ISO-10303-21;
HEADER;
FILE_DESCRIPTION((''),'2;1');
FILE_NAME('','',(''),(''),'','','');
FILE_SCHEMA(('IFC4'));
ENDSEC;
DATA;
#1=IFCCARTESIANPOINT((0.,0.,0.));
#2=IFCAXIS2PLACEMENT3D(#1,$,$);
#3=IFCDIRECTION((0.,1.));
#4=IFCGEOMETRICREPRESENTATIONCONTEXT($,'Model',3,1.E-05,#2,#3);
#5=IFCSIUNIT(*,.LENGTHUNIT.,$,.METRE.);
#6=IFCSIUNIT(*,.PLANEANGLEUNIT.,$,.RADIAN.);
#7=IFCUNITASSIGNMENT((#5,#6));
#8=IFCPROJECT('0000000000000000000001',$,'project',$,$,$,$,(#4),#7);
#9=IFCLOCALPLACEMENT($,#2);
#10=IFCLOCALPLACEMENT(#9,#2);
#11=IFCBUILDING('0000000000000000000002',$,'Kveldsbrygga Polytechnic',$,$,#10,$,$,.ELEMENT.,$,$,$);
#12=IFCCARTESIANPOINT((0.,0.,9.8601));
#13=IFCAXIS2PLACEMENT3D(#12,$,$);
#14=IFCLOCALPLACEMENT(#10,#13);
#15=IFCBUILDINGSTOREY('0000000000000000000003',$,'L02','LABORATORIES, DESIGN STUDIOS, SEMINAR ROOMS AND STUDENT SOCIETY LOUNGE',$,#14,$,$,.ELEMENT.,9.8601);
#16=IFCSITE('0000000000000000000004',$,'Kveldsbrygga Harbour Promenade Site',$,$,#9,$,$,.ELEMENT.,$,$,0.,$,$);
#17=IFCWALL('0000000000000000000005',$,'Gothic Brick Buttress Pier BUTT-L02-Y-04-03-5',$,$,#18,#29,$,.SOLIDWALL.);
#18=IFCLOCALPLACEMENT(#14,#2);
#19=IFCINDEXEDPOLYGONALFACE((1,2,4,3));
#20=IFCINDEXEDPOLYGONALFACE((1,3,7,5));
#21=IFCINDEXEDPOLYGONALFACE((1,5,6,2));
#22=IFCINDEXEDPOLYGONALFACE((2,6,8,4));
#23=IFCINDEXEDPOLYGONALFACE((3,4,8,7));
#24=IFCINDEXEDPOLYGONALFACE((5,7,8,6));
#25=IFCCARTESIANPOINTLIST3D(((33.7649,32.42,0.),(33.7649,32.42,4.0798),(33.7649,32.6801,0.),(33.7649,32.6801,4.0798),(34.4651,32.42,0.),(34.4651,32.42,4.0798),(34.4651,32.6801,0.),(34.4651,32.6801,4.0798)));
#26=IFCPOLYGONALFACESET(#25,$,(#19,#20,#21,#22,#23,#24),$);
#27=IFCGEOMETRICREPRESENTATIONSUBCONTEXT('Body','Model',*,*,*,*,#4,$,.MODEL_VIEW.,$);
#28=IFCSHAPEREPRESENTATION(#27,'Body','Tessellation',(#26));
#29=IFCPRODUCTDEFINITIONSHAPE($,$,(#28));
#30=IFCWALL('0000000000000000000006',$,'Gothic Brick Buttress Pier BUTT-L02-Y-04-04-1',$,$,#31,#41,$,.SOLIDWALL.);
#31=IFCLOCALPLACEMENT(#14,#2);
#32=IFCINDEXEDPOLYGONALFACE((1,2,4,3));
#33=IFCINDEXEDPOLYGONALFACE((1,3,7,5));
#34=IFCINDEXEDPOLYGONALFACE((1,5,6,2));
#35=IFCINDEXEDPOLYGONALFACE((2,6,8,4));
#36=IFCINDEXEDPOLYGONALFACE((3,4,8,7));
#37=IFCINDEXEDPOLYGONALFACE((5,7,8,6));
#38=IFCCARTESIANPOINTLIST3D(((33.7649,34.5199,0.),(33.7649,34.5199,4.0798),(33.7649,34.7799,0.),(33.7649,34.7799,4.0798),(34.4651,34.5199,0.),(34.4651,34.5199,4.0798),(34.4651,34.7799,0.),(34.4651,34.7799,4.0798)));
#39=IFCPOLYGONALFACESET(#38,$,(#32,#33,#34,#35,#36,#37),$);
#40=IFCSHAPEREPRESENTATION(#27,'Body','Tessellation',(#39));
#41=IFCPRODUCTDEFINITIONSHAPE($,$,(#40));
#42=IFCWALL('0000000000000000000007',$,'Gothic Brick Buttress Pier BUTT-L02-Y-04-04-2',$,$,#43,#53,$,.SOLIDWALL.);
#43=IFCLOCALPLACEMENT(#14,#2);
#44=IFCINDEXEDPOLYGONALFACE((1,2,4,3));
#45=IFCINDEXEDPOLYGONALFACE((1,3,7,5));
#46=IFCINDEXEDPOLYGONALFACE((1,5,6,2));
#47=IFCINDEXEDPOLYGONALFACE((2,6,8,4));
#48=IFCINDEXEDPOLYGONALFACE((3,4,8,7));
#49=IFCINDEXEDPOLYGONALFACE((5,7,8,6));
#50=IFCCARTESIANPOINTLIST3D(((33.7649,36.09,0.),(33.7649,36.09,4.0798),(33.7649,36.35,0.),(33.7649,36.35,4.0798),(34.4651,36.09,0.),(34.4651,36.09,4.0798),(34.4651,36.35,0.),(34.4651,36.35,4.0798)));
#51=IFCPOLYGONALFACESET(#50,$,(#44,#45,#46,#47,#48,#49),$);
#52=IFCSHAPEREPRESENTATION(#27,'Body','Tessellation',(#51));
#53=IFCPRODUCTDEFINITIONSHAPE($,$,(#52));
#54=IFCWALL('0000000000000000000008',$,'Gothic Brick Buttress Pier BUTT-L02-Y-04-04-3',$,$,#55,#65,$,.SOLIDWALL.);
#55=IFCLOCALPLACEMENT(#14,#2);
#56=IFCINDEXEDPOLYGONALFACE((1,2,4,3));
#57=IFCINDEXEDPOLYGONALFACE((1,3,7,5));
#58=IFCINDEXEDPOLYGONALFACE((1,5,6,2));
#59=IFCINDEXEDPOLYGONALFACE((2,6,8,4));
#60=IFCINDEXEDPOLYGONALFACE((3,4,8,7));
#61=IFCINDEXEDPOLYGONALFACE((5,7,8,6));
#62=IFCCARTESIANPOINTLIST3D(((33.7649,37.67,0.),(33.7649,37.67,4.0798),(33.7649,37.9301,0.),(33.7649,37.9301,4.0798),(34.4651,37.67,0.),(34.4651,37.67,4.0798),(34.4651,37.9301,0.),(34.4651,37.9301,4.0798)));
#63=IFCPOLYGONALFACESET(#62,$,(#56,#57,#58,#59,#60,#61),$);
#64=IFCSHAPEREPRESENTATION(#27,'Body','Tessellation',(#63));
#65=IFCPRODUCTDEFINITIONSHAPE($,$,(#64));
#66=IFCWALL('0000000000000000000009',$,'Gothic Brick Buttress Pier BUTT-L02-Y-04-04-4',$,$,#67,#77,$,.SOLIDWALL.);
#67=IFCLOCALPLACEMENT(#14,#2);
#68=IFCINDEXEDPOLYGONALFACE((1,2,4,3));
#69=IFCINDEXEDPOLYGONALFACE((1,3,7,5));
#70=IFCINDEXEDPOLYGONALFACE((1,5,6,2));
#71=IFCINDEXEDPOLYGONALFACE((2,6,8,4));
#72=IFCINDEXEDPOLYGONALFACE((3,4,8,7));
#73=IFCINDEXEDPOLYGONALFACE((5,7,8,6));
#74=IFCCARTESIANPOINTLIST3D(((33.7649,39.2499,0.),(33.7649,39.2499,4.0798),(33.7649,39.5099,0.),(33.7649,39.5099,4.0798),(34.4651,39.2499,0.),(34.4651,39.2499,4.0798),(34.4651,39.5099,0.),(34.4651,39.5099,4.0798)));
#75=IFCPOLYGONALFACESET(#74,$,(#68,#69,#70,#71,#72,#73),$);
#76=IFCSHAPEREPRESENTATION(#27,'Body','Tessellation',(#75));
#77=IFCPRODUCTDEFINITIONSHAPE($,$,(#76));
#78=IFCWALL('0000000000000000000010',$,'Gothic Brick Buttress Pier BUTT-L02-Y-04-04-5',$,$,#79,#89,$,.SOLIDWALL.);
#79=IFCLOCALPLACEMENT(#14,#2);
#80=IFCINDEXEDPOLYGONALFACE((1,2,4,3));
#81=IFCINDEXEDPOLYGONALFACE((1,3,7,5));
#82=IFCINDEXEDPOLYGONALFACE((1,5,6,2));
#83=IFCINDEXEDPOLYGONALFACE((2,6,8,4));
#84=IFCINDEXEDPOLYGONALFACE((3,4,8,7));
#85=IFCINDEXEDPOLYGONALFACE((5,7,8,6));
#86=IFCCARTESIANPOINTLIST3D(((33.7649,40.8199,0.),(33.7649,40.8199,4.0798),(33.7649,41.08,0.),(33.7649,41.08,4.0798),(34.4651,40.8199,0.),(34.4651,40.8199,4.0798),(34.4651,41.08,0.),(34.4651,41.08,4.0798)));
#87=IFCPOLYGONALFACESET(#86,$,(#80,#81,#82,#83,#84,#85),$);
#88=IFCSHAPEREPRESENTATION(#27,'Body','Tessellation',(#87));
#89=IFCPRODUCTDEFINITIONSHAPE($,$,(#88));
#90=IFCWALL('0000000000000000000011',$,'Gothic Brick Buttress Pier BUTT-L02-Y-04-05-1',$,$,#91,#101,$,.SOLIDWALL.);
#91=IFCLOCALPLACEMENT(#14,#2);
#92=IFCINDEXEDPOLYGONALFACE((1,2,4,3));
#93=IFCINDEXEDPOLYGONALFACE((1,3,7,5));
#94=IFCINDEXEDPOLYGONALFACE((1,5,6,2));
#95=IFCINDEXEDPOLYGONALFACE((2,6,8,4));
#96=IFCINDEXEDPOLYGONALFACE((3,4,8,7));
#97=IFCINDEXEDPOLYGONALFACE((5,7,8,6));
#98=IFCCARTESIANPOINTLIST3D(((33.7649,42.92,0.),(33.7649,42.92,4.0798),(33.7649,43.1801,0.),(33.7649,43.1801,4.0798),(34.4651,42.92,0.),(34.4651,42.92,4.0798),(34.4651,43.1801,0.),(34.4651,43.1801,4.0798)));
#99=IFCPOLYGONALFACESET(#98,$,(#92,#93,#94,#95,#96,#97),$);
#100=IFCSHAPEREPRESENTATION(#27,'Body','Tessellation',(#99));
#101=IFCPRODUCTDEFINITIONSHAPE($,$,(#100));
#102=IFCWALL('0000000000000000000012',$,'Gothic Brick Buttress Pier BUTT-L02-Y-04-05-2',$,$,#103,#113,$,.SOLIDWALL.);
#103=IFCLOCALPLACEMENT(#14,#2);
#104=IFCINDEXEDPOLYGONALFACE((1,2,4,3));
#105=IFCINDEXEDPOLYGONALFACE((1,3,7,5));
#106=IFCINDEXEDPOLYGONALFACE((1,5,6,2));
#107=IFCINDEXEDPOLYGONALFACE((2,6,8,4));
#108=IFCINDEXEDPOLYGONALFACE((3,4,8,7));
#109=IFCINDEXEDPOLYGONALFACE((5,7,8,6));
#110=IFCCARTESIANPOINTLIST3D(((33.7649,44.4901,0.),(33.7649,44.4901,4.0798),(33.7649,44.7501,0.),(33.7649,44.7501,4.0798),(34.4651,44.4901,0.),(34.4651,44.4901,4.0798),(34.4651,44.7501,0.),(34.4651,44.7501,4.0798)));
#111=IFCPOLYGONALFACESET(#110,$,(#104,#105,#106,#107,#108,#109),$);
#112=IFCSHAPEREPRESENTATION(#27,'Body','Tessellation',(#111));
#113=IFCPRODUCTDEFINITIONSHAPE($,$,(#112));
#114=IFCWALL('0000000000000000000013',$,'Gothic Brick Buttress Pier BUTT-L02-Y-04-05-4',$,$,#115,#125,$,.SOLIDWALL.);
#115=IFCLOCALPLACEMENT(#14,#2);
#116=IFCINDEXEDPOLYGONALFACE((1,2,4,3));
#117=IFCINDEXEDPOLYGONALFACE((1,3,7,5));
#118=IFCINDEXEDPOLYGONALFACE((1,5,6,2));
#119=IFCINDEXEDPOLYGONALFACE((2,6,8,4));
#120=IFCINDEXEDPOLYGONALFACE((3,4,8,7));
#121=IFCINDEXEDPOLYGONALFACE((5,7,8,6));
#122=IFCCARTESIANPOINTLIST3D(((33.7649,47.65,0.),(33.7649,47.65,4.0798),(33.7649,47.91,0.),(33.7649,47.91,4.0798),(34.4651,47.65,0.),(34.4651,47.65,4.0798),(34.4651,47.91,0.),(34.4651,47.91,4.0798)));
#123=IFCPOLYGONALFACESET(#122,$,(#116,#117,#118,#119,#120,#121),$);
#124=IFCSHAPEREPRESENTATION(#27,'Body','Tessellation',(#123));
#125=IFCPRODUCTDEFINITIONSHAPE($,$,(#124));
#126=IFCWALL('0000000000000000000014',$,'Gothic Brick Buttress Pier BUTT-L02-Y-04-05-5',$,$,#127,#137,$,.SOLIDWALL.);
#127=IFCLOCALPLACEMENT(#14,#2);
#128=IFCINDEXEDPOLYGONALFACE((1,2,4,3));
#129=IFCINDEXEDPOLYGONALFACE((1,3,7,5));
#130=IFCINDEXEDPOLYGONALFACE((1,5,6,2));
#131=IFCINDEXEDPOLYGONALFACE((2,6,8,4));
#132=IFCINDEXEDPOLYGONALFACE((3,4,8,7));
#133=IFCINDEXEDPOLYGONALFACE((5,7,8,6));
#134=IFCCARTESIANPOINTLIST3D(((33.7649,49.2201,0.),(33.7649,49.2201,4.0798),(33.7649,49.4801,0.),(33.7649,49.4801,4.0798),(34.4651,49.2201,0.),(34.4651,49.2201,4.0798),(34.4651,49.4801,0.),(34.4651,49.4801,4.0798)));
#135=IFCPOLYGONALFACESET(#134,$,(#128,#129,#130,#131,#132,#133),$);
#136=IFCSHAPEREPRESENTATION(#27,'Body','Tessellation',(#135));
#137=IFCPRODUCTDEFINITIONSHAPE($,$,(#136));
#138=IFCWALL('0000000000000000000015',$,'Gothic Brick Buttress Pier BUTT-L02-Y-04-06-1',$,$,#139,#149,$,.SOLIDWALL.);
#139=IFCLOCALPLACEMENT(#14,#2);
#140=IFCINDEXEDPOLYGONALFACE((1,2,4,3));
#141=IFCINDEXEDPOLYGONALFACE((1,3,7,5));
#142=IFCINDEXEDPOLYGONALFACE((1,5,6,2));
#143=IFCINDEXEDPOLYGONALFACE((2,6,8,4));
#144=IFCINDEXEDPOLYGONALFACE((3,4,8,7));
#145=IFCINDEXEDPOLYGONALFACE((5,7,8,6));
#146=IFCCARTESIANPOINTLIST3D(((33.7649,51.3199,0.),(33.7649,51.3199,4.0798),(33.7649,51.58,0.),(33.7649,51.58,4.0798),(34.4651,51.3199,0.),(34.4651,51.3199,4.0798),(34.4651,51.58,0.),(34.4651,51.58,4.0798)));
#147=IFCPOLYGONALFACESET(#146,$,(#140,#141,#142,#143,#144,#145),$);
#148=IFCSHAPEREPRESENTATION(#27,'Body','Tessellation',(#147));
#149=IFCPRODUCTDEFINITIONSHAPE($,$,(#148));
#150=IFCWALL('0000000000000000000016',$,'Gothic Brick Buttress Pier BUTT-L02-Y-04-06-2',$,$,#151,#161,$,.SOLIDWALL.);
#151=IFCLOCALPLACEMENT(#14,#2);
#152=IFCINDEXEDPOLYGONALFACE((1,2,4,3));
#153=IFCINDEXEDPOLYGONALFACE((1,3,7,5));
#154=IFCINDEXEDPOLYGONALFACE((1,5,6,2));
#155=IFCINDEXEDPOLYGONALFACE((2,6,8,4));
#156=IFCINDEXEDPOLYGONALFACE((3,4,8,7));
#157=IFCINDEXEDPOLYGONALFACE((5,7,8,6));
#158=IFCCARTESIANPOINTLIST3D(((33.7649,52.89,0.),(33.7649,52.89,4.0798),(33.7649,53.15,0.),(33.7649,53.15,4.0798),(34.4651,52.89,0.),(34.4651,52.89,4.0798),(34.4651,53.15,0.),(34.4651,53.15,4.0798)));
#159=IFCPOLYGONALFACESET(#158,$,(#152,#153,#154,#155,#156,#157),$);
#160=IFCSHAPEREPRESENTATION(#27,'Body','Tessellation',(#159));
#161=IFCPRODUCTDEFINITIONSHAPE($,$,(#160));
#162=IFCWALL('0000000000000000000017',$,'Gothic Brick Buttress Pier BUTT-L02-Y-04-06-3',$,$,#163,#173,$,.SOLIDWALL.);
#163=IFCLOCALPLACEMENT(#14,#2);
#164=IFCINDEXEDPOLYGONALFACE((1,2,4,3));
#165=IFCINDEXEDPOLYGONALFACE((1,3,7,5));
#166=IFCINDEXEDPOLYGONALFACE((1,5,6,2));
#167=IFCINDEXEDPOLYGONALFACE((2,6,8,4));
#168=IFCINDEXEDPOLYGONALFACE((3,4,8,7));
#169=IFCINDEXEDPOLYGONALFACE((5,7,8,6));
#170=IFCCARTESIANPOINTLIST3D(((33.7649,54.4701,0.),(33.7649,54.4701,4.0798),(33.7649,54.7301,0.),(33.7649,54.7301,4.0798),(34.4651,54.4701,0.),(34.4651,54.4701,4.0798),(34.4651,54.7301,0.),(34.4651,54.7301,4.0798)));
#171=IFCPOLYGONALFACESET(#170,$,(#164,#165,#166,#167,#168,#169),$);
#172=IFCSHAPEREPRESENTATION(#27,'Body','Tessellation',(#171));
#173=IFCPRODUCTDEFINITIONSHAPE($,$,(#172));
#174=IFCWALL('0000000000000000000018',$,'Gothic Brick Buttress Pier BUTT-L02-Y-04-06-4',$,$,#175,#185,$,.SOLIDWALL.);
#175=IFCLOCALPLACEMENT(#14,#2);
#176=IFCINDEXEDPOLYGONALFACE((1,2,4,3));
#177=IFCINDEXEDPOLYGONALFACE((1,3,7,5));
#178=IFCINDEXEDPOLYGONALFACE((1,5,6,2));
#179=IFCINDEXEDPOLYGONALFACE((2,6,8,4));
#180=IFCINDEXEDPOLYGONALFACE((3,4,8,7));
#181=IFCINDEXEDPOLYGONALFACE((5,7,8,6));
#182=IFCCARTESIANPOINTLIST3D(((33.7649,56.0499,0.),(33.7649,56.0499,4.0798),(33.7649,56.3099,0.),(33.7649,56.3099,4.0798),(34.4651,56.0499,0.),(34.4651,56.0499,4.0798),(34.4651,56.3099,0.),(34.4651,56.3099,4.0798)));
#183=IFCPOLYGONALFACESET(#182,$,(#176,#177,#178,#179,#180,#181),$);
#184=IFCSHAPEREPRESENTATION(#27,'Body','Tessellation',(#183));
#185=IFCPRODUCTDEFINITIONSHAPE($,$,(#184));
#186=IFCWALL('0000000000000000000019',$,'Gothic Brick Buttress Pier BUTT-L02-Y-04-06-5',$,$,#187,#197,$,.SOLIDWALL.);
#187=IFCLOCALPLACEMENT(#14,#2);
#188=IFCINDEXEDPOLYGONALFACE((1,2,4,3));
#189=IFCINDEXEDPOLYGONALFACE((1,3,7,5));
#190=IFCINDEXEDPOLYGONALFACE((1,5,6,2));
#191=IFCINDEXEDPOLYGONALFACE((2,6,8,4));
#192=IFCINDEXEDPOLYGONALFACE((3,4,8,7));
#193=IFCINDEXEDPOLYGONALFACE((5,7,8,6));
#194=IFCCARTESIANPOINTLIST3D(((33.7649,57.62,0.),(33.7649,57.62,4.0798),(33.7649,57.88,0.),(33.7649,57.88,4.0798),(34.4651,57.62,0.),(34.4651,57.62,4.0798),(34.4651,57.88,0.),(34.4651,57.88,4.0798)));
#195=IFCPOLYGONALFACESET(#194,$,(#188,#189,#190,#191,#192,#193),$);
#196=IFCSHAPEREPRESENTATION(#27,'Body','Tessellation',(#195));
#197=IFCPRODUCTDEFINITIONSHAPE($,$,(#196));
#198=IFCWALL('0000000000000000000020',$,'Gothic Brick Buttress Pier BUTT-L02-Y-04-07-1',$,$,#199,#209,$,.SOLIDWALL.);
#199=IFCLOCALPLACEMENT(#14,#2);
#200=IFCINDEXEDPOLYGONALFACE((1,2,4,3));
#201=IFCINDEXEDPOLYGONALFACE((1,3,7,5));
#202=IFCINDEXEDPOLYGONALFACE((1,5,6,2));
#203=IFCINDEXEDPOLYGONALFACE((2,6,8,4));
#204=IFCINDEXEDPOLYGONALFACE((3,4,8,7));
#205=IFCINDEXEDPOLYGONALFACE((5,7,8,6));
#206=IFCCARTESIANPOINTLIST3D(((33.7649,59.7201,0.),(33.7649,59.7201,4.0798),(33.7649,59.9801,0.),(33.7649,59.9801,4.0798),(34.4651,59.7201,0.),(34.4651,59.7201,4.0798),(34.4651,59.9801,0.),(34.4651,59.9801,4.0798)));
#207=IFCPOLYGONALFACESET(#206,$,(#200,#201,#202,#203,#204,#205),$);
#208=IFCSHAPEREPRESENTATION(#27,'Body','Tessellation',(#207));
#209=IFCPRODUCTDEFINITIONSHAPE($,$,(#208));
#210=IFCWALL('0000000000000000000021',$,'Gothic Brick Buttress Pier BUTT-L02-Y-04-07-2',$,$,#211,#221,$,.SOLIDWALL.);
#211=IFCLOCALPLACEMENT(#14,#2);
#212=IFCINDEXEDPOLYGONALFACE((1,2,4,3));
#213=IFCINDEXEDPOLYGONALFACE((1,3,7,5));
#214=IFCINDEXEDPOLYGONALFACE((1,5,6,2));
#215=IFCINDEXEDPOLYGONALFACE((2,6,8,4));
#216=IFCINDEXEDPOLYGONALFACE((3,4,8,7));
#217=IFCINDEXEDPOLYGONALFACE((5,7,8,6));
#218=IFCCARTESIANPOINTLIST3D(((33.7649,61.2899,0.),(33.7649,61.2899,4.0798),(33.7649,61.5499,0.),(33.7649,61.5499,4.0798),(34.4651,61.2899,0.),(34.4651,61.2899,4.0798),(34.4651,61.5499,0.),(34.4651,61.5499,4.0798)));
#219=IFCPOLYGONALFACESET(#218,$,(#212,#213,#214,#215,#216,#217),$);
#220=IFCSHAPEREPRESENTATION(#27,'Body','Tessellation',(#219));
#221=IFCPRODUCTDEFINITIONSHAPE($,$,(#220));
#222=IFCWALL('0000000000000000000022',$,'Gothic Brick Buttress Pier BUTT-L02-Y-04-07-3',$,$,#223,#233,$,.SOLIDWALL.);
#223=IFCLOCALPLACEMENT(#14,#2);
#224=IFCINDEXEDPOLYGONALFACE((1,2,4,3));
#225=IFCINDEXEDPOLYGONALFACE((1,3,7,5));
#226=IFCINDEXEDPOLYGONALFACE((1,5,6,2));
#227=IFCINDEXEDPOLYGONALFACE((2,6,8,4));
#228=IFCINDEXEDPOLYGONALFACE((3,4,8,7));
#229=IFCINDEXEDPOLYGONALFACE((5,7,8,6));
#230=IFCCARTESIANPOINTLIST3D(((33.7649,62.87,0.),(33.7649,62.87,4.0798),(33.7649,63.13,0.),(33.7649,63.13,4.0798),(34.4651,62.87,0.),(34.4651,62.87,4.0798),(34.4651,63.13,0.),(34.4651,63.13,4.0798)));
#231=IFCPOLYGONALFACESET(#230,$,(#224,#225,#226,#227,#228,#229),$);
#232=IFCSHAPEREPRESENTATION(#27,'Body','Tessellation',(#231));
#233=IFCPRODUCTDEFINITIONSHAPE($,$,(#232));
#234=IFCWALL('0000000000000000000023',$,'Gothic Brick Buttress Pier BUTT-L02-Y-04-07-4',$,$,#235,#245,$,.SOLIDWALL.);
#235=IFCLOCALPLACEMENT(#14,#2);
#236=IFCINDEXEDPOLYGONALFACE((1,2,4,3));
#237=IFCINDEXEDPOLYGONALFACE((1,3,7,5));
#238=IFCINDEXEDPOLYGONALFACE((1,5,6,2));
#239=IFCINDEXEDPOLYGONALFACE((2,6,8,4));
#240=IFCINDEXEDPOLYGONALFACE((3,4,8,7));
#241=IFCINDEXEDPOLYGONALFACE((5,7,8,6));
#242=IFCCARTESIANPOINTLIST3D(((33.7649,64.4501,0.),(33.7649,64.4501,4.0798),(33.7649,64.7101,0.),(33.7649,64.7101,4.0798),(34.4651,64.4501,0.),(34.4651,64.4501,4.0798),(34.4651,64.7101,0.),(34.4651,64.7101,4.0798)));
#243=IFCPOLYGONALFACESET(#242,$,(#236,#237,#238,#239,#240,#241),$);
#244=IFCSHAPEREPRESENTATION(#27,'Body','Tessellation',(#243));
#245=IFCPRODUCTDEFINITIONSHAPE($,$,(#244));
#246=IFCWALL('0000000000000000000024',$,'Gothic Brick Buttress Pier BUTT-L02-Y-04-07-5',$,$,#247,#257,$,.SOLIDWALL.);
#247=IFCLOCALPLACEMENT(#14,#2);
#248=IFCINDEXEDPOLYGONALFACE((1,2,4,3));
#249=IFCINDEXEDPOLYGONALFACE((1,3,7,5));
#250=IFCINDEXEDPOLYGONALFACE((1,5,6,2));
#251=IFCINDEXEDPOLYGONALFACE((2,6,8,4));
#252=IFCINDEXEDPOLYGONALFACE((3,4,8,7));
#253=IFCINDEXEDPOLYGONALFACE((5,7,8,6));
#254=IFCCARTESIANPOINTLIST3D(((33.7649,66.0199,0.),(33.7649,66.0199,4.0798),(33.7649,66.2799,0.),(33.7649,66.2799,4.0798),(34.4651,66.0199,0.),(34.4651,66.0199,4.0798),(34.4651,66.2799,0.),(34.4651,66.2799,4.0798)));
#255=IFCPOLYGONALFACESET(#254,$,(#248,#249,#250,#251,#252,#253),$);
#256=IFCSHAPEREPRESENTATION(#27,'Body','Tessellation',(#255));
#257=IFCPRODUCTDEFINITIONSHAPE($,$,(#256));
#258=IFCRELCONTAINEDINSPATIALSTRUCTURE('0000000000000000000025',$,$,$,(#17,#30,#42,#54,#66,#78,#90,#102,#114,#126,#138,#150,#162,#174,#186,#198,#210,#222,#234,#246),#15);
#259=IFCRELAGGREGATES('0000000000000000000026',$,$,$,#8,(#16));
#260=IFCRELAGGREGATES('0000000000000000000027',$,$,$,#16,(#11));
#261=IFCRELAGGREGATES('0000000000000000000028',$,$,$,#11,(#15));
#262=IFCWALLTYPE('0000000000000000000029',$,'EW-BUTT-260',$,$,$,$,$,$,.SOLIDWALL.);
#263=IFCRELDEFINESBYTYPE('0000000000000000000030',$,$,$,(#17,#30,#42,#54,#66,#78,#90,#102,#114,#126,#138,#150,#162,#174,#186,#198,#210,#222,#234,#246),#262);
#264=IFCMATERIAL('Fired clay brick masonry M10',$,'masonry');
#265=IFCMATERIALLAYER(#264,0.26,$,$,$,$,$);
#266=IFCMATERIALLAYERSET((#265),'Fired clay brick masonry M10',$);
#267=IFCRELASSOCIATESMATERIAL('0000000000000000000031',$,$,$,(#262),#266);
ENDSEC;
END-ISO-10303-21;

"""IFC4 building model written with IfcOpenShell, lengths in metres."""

from ifc_helpers import new_model, si_unit, direction, frame, frame_2d, origin, place, context, subcontext, project, spatial, rectangle, extrude, material, layer, layer_set, type_object, element, save


model = new_model("IFC4")

# Units and contexts
model_context = context("Model", 3, precision=1e-05, world=origin(), true_north=direction((0.0, 1.0)))
body_context = subcontext(model_context, "Body", "Model", "MODEL_VIEW")
ifc_project = project(units=[si_unit("LENGTHUNIT", "METRE"), si_unit("PLANEANGLEUNIT", "RADIAN")], contexts=[model_context])

# Site, building, storey
site_placement = place(None, origin())
site = spatial("IfcSite", under=ifc_project, at=site_placement, Name="Kveldsbrygga Harbour Promenade Site", CompositionType="ELEMENT", RefElevation=0.0)
building_placement = place(site_placement, origin())
building = spatial("IfcBuilding", under=site, at=building_placement, Name="Kveldsbrygga Polytechnic", CompositionType="ELEMENT")
storey_placement = place(building_placement, frame((0.0, 0.0, 9.8601)))
storey = spatial("IfcBuildingStorey", under=building, at=storey_placement, Name="L02", Description="LABORATORIES, DESIGN STUDIOS, SEMINAR ROOMS AND STUDENT SOCIETY LOUNGE", CompositionType="ELEMENT", Elevation=9.8601)

# Walls
ifc_material = material(Name="Fired clay brick masonry M10", Category="masonry")
ifc_layer = layer(ifc_material, 0.26)
ifc_layer_set = layer_set([ifc_layer], Name="Fired clay brick masonry M10")
wall_type = type_object("IfcWallType", Name="EW-BUTT-260", PredefinedType="SOLIDWALL", material=ifc_layer_set)
for number, where, z_axis, x_axis, name in (
    (1, (33.7649, 32.55, 0.0), (0.0, 0.0, 1.0), (1.0, 0.0, 0.0), "Gothic Brick Buttress Pier BUTT-L02-Y-04-03-5"),
    (2, (33.7649, 34.6499, 0.0), (0.0, 0.0, 1.0), (1.0, 0.0, 0.0), "Gothic Brick Buttress Pier BUTT-L02-Y-04-04-1"),
    (3, (33.7649, 36.22, 0.0), (0.0, 0.0, 1.0), (1.0, 0.0, 0.0), "Gothic Brick Buttress Pier BUTT-L02-Y-04-04-2"),
    (4, (33.7649, 37.8, 0.0), (0.0, 0.0, 1.0), (1.0, 0.0, 0.0), "Gothic Brick Buttress Pier BUTT-L02-Y-04-04-3"),
    (5, (33.7649, 39.3799, 0.0), (0.0, 0.0, 1.0), (1.0, 0.0, 0.0), "Gothic Brick Buttress Pier BUTT-L02-Y-04-04-4"),
    (6, (33.7649, 40.95, 0.0), (0.0, 0.0, 1.0), (1.0, 0.0, 0.0), "Gothic Brick Buttress Pier BUTT-L02-Y-04-04-5"),
    (7, (33.7649, 43.05, 0.0), (0.0, 0.0, 1.0), (1.0, 0.0, 0.0), "Gothic Brick Buttress Pier BUTT-L02-Y-04-05-1"),
    (8, (33.7649, 44.6201, 0.0), (0.0, 0.0, 1.0), (1.0, 0.0, 0.0), "Gothic Brick Buttress Pier BUTT-L02-Y-04-05-2"),
    (9, (33.7649, 47.78, 0.0), (0.0, 0.0, 1.0), (1.0, 0.0, 0.0), "Gothic Brick Buttress Pier BUTT-L02-Y-04-05-4"),
    (10, (33.7649, 49.3501, 0.0), (0.0, 0.0, 1.0), (1.0, 0.0, 0.0), "Gothic Brick Buttress Pier BUTT-L02-Y-04-05-5"),
    (11, (33.7649, 51.45, 0.0), (0.0, 0.0, 1.0), (1.0, 0.0, 0.0), "Gothic Brick Buttress Pier BUTT-L02-Y-04-06-1"),
    (12, (33.7649, 53.02, 0.0), (0.0, 0.0, 1.0), (1.0, 0.0, 0.0), "Gothic Brick Buttress Pier BUTT-L02-Y-04-06-2"),
    (13, (33.7649, 54.6001, 0.0), (0.0, 0.0, 1.0), (1.0, 0.0, 0.0), "Gothic Brick Buttress Pier BUTT-L02-Y-04-06-3"),
    (14, (33.7649, 56.1799, 0.0), (0.0, 0.0, 1.0), (1.0, 0.0, 0.0), "Gothic Brick Buttress Pier BUTT-L02-Y-04-06-4"),
    (15, (33.7649, 57.75, 0.0), (0.0, 0.0, 1.0), (1.0, 0.0, 0.0), "Gothic Brick Buttress Pier BUTT-L02-Y-04-06-5"),
    (16, (33.7649, 59.8501, 0.0), (0.0, 0.0, 1.0), (1.0, 0.0, 0.0), "Gothic Brick Buttress Pier BUTT-L02-Y-04-07-1"),
    (17, (33.7649, 61.4199, 0.0), (0.0, 0.0, 1.0), (1.0, 0.0, 0.0), "Gothic Brick Buttress Pier BUTT-L02-Y-04-07-2"),
    (18, (33.7649, 63.0, 0.0), (0.0, 0.0, 1.0), (1.0, 0.0, 0.0), "Gothic Brick Buttress Pier BUTT-L02-Y-04-07-3"),
    (19, (33.7649, 64.5801, 0.0), (0.0, 0.0, 1.0), (1.0, 0.0, 0.0), "Gothic Brick Buttress Pier BUTT-L02-Y-04-07-4"),
    (20, (33.7649, 66.1499, 0.0), (0.0, 0.0, 1.0), (1.0, 0.0, 0.0), "Gothic Brick Buttress Pier BUTT-L02-Y-04-07-5"),
):
    element("IfcWall", number, at=place(storey_placement, frame(where, z_axis=z_axis, x_axis=x_axis)), inside=storey, type_object=wall_type, Name=name, PredefinedType="SOLIDWALL", context=body_context, shape_type="SweptSolid", body=[
        extrude(rectangle(XDim=0.7002, YDim=0.26, at=frame_2d((0.3501, 0.0))), origin(), (0.0, 0.0, 1.0), 4.0798),
    ])

save(model, "model.ifc")
